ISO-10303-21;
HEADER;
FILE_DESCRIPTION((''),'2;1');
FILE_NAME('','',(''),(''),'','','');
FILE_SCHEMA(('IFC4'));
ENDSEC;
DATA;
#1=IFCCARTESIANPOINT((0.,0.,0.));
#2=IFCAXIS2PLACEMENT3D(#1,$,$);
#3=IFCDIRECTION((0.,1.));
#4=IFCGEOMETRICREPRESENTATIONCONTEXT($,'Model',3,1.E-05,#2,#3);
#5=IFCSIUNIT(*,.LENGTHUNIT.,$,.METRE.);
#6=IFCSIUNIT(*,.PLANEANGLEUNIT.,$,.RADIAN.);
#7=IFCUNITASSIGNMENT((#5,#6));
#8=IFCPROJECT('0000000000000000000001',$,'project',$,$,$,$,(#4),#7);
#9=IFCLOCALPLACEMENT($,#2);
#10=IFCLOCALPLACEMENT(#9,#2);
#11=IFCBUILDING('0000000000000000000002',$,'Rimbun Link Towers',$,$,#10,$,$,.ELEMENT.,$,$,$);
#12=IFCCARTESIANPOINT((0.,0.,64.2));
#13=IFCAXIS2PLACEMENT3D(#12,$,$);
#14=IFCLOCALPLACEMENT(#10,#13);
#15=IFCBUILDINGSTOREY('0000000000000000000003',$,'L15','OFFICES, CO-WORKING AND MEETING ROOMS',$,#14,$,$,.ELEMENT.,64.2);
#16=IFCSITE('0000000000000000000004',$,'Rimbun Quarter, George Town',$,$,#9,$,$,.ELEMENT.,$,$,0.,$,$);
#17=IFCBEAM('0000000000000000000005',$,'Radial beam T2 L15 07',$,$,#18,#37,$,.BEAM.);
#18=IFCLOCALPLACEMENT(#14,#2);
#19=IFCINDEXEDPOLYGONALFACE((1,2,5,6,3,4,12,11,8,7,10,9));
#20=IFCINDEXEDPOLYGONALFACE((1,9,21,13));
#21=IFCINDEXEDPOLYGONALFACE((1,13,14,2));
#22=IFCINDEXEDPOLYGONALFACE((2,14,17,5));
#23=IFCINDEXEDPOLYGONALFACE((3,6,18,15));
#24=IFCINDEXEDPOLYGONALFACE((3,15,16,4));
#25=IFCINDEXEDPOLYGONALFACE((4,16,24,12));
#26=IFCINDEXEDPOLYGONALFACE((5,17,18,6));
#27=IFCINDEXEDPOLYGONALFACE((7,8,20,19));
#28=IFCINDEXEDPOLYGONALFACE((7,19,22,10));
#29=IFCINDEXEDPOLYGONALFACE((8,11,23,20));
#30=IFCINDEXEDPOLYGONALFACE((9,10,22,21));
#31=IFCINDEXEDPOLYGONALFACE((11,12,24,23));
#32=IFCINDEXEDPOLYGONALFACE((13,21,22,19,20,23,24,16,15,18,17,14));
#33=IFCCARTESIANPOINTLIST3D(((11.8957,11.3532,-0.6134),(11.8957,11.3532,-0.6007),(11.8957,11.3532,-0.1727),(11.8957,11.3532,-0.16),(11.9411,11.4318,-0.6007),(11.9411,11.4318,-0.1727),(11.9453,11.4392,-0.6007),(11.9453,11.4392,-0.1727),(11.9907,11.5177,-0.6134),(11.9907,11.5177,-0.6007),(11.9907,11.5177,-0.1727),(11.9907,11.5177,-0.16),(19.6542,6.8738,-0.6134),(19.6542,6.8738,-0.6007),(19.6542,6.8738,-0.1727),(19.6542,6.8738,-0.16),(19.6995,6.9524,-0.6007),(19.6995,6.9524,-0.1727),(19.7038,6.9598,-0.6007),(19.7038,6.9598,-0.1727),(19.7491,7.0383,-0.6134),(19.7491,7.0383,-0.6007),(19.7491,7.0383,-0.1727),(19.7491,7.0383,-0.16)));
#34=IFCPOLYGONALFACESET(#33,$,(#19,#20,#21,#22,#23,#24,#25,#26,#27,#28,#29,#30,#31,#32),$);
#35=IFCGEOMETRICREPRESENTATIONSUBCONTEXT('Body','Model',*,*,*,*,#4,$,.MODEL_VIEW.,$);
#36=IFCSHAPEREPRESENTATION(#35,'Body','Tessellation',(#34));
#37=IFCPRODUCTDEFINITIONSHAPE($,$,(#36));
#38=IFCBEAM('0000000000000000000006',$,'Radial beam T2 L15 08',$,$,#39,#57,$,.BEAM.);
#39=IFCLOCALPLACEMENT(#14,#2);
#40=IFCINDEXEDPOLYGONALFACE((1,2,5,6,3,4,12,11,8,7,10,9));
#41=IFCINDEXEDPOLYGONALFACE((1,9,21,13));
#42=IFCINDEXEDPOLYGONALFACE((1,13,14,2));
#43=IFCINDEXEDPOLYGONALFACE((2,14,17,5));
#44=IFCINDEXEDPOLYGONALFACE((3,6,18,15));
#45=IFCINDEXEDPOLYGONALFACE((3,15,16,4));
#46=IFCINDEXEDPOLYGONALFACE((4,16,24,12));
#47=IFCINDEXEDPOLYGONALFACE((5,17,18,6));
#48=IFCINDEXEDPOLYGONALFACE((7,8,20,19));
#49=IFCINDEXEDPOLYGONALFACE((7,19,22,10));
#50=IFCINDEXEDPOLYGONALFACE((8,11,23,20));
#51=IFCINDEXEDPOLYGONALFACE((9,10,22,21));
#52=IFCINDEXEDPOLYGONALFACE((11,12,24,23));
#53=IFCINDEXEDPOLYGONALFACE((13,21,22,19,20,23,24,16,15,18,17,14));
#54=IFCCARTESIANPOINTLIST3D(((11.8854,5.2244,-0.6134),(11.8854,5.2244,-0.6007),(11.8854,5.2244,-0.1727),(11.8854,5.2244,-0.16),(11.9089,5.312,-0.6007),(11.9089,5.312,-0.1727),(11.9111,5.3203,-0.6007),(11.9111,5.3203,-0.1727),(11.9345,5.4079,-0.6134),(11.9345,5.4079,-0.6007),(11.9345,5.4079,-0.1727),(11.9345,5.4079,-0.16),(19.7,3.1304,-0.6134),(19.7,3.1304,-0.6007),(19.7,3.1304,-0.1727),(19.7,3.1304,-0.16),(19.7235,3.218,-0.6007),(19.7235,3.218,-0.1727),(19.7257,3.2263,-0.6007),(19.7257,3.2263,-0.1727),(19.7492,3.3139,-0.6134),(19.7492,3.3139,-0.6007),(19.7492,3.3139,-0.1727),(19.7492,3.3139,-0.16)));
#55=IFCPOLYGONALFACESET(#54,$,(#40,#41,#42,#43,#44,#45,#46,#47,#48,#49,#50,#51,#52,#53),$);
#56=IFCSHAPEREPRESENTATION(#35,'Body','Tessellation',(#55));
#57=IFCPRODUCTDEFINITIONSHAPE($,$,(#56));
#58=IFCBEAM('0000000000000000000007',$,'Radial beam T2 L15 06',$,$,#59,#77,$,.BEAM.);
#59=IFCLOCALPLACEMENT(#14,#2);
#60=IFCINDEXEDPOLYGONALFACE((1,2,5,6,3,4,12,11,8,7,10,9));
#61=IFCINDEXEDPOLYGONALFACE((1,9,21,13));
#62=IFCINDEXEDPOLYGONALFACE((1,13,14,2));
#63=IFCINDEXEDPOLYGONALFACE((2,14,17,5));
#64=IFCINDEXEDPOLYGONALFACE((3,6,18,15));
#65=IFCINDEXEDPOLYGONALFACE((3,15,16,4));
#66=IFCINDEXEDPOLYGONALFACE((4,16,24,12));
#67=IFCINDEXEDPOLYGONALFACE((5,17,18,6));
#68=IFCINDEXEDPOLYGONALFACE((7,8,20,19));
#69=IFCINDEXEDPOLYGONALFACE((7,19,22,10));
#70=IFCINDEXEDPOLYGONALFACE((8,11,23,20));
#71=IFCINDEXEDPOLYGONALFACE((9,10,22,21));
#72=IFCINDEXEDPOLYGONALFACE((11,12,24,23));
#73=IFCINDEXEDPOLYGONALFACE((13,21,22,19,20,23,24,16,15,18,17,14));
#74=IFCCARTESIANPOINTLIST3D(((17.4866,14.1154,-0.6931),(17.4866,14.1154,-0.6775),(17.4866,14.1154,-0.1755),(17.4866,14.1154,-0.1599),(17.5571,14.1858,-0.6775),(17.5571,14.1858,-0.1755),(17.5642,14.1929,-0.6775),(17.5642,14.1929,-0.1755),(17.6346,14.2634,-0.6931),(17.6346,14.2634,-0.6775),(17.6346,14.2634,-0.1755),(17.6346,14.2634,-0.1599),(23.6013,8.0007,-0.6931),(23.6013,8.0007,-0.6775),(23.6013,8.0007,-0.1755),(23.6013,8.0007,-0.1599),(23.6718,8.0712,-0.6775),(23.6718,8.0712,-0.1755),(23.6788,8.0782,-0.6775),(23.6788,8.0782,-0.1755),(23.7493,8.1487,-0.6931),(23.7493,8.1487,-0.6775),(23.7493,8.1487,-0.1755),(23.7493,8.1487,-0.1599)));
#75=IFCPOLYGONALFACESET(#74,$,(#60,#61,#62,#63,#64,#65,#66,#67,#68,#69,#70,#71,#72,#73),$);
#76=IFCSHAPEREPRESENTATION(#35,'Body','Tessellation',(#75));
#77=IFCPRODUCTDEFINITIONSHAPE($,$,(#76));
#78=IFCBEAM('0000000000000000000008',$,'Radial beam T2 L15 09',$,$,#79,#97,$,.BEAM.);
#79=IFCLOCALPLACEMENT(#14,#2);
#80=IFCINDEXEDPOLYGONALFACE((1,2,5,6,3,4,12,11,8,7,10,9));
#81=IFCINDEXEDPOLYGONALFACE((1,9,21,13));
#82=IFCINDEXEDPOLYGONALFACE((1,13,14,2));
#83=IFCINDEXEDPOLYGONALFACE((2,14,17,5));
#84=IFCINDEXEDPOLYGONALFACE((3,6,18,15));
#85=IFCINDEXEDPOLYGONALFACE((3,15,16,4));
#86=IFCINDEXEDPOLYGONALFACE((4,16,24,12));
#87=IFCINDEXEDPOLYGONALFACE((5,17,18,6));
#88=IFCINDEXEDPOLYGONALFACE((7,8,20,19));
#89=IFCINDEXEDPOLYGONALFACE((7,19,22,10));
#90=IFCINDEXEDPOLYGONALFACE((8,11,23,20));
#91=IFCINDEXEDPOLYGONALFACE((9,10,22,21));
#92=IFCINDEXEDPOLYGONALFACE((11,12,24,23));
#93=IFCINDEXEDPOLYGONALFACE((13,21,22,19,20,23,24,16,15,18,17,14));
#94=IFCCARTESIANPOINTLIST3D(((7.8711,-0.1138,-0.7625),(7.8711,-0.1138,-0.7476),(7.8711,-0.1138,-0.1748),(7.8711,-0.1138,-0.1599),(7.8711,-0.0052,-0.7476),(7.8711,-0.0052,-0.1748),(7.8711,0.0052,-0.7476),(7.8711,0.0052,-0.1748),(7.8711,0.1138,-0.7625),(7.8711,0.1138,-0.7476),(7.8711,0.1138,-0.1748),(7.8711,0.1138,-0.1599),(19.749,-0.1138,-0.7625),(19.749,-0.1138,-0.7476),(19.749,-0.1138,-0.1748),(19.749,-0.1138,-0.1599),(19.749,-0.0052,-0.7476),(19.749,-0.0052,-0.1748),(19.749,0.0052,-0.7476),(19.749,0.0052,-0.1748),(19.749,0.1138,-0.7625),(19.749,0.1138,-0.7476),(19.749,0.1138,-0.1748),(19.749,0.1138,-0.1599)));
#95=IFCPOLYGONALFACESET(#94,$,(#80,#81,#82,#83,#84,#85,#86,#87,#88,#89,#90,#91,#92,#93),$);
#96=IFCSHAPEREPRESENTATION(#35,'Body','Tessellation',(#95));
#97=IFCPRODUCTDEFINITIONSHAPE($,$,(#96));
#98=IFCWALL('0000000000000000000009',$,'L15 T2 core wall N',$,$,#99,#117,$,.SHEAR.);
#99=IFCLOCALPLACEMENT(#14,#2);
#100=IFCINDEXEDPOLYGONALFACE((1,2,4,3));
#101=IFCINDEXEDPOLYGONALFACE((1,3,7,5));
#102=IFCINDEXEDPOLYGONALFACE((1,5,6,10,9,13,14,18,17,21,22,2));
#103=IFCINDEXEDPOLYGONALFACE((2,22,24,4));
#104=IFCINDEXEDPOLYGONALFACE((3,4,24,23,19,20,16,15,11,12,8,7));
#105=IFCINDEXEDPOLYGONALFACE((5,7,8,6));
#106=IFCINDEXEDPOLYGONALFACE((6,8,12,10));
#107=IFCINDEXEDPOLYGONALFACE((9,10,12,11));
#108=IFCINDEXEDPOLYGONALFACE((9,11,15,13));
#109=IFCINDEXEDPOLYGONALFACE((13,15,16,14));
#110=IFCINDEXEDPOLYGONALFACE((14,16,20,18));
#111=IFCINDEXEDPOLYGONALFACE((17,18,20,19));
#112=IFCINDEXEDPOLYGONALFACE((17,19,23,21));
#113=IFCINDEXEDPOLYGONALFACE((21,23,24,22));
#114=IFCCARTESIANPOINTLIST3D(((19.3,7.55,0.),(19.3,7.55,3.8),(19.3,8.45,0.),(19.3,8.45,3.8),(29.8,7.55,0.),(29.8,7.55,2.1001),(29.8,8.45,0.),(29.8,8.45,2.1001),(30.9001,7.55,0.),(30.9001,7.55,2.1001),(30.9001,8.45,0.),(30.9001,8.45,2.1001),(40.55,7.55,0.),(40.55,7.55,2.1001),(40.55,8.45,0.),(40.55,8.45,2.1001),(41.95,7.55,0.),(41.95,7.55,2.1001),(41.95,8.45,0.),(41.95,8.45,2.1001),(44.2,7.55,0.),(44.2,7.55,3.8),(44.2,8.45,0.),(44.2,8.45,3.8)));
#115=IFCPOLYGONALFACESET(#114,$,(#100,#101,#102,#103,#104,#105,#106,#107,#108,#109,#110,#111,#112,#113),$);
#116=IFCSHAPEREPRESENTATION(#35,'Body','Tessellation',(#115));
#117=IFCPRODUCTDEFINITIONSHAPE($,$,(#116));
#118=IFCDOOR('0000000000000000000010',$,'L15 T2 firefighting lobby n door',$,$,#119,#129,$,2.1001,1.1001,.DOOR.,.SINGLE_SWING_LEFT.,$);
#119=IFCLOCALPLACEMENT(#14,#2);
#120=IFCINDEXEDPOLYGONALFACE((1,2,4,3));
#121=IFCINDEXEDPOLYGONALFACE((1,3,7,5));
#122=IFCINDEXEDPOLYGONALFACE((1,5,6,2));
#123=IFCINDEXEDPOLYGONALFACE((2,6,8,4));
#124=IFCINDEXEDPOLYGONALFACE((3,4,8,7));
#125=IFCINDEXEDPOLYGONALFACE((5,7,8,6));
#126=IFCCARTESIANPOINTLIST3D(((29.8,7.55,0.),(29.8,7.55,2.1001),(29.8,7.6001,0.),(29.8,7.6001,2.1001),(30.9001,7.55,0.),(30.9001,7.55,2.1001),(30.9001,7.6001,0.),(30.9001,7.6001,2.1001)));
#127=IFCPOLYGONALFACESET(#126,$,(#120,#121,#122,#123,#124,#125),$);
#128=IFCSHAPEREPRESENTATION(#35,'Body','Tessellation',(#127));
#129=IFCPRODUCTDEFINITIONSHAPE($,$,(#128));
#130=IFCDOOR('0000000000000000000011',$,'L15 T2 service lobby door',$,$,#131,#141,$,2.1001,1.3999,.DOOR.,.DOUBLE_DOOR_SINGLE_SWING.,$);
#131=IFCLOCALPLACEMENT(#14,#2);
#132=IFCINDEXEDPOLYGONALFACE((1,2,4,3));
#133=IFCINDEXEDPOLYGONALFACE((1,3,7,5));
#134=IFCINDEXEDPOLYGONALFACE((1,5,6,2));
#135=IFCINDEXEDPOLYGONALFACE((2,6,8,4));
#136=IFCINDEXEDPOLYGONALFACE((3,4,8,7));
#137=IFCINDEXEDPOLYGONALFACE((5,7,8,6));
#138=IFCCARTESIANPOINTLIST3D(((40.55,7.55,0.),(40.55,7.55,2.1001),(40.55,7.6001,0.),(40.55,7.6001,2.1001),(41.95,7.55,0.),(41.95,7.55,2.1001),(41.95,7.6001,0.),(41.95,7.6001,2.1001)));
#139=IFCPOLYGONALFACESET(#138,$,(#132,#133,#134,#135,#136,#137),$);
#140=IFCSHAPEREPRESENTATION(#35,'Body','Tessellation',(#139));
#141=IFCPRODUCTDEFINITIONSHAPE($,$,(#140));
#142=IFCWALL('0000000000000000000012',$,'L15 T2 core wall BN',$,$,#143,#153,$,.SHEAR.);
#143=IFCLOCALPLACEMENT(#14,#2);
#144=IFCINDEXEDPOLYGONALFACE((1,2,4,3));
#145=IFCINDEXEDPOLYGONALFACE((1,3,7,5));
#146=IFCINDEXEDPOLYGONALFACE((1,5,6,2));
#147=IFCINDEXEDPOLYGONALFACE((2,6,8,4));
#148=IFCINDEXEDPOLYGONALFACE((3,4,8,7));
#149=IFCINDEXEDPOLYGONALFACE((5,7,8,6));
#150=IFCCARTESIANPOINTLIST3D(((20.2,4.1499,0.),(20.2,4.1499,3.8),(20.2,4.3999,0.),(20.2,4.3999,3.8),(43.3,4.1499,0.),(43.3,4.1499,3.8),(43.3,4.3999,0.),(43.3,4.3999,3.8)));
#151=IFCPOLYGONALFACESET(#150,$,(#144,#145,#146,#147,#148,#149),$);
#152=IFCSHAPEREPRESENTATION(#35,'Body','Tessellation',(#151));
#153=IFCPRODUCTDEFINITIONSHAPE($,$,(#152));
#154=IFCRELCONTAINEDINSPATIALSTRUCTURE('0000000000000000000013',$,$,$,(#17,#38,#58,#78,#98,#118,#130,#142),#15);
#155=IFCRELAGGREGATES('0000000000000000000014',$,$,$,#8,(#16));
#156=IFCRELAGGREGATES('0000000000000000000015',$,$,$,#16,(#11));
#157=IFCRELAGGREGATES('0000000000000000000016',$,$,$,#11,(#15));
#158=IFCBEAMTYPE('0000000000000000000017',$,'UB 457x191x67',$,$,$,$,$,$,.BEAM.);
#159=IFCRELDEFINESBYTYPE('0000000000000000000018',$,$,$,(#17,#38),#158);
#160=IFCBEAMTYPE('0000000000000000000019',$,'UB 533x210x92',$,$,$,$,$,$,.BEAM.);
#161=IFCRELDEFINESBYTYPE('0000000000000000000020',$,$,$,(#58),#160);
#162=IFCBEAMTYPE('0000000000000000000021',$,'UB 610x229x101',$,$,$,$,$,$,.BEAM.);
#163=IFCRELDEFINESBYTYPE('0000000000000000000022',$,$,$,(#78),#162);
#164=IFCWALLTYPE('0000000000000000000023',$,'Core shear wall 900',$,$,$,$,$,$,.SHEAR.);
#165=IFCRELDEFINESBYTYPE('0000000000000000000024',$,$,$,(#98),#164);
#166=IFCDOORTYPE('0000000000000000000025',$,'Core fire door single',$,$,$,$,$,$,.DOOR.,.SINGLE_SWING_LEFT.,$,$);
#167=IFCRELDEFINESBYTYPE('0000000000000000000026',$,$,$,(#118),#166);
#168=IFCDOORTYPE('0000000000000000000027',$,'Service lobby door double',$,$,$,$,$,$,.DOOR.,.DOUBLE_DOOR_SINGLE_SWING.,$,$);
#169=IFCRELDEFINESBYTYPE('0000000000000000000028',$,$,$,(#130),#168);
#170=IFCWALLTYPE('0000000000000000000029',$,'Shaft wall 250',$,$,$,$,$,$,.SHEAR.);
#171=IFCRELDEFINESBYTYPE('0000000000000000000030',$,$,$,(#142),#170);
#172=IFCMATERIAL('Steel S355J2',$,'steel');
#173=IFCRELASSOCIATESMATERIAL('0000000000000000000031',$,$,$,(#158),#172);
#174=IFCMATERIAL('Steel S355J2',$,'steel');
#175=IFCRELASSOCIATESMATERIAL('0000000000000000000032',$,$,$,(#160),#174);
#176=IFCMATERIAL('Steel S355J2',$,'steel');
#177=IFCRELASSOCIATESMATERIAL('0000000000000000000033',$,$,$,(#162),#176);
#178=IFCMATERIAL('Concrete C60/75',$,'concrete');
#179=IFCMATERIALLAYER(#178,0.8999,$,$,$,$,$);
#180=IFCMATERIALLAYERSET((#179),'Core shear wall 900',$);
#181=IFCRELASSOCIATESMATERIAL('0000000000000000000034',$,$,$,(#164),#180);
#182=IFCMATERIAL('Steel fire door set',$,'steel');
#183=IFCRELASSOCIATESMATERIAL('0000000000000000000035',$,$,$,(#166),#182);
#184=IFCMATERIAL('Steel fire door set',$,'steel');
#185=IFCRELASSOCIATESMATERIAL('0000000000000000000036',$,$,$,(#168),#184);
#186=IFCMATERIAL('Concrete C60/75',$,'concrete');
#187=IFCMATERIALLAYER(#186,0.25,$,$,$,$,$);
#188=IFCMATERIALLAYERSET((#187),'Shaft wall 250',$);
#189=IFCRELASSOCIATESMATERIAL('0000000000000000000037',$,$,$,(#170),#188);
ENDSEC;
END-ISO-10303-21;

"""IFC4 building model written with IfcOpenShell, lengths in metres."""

from ifc_helpers import new_model, si_unit, direction, frame, frame_2d, origin, origin_2d, place, context, subcontext, project, spatial, rectangle, i_section, extrude, material, layer, layer_set, material_profile, profile_set, type_object, element, fill, save


model = new_model("IFC4")

# Units and contexts
model_context = context("Model", 3, precision=1e-05, world=origin(), true_north=direction((0.0, 1.0)))
body_context = subcontext(model_context, "Body", "Model", "MODEL_VIEW")
ifc_project = project(units=[si_unit("LENGTHUNIT", "METRE"), si_unit("PLANEANGLEUNIT", "RADIAN")], contexts=[model_context])

# Site, building, storey
site_placement = place(None, origin())
site = spatial("IfcSite", under=ifc_project, at=site_placement, Name="Rimbun Quarter, George Town", CompositionType="ELEMENT", RefElevation=0.0)
building_placement = place(site_placement, origin())
building = spatial("IfcBuilding", under=site, at=building_placement, Name="Rimbun Link Towers", CompositionType="ELEMENT")
storey_placement = place(building_placement, frame((0.0, 0.0, 64.2)))
storey = spatial("IfcBuildingStorey", under=building, at=storey_placement, Name="L15", Description="OFFICES, CO-WORKING AND MEETING ROOMS", CompositionType="ELEMENT", Elevation=64.2)

# Beams
ifc_material_1 = material(Name="Steel S355J2", Category="steel")
ifc_material_profile_1 = material_profile(ifc_material_1, i_section(OverallWidth=0.1899, OverallDepth=0.4534, WebThickness=0.0085, FlangeThickness=0.0127, at=origin_2d()), Name="UB 457x191x67")
ifc_profile_set_1 = profile_set([ifc_material_profile_1], Name="Steel S355J2")
beam_type_1 = type_object("IfcBeamType", Name="UB 457x191x67", PredefinedType="BEAM", material=ifc_profile_set_1)
beam_1_placement = place(storey_placement, frame((19.7017, 6.9561, -0.3867), z_axis=(-0.866021, 0.500008, 0.0), x_axis=(-0.500008, -0.866021, 0.0)))
element("IfcBeam", 1, at=beam_1_placement, inside=storey, type_object=beam_type_1, Name="Radial beam T2 L15 07", PredefinedType="BEAM", context=body_context, shape_type="SweptSolid", body=[
    extrude(i_section(OverallWidth=0.1899, OverallDepth=0.4534, WebThickness=0.0085, FlangeThickness=0.0127, at=origin_2d()), origin(), (0.0, 0.0, 1.0), 8.9587),
])
beam_2_placement = place(storey_placement, frame((19.7246, 3.2222, -0.3867), z_axis=(-0.965924, 0.258825, 0.0), x_axis=(-0.258825, -0.965924, 0.0)))
element("IfcBeam", 2, at=beam_2_placement, inside=storey, type_object=beam_type_1, Name="Radial beam T2 L15 08", PredefinedType="BEAM", context=body_context, shape_type="SweptSolid", body=[
    extrude(i_section(OverallWidth=0.1899, OverallDepth=0.4534, WebThickness=0.0085, FlangeThickness=0.0127, at=origin_2d()), origin(), (0.0, 0.0, 1.0), 8.0903),
])
ifc_material_2 = material(Name="Steel S355J2", Category="steel")
ifc_material_profile_2 = material_profile(ifc_material_2, i_section(OverallWidth=0.2092, OverallDepth=0.5332, WebThickness=0.01, FlangeThickness=0.0156, at=origin_2d()), Name="UB 533x210x92")
ifc_profile_set_2 = profile_set([ifc_material_profile_2], Name="Steel S355J2")
beam_type_2 = type_object("IfcBeamType", Name="UB 533x210x92", PredefinedType="BEAM", material=ifc_profile_set_2)
beam_3_placement = place(storey_placement, frame((23.6753, 8.0747, -0.4265), z_axis=(-0.707107, 0.707107, 0.0), x_axis=(-0.707107, -0.707107, 0.0)))
element("IfcBeam", 3, at=beam_3_placement, inside=storey, type_object=beam_type_2, Name="Radial beam T2 L15 06", PredefinedType="BEAM", context=body_context, shape_type="SweptSolid", body=[
    extrude(i_section(OverallWidth=0.2092, OverallDepth=0.5332, WebThickness=0.01, FlangeThickness=0.0156, at=origin_2d()), origin(), (0.0, 0.0, 1.0), 8.6475),
])
ifc_material_3 = material(Name="Steel S355J2", Category="steel")
ifc_material_profile_3 = material_profile(ifc_material_3, i_section(OverallWidth=0.2275, OverallDepth=0.6025, WebThickness=0.0105, FlangeThickness=0.0149, at=origin_2d()), Name="UB 610x229x101")
ifc_profile_set_3 = profile_set([ifc_material_profile_3], Name="Steel S355J2")
beam_type_3 = type_object("IfcBeamType", Name="UB 610x229x101", PredefinedType="BEAM", material=ifc_profile_set_3)
beam_4_placement = place(storey_placement, frame((19.749, 0.0, -0.4612), z_axis=(-1.0, 0.0, 0.0), x_axis=(0.0, -1.0, 0.0)))
element("IfcBeam", 4, at=beam_4_placement, inside=storey, type_object=beam_type_3, Name="Radial beam T2 L15 09", PredefinedType="BEAM", context=body_context, shape_type="SweptSolid", body=[
    extrude(i_section(OverallWidth=0.2275, OverallDepth=0.6025, WebThickness=0.0105, FlangeThickness=0.0149, at=origin_2d()), origin(), (0.0, 0.0, 1.0), 11.8779),
])

# Wall, openings, doors
ifc_material_4 = material(Name="Concrete C60/75", Category="concrete")
ifc_layer_1 = layer(ifc_material_4, 0.8999)
ifc_layer_set_1 = layer_set([ifc_layer_1], Name="Core shear wall 900")
wall_type_1 = type_object("IfcWallType", Name="Core shear wall 900", PredefinedType="SHEAR", material=ifc_layer_set_1)
wall_1_placement = place(storey_placement, frame((19.3, 8.0, 0.0), z_axis=(0.0, 0.0, 1.0), x_axis=(1.0, 0.0, 0.0)))
wall_1 = element("IfcWall", 5, at=wall_1_placement, inside=storey, type_object=wall_type_1, Name="L15 T2 core wall N", PredefinedType="SHEAR", context=body_context, shape_type="SweptSolid", body=[
    extrude(rectangle(XDim=24.8999, YDim=0.8999, at=frame_2d((12.45, 0.0))), origin(), (0.0, 0.0, 1.0), 3.8),
])
opening_1_placement = place(wall_1_placement, frame((10.5, 0.0, 0.0)))
opening_1 = element("IfcOpeningElement", 6, at=opening_1_placement, cuts=wall_1, PredefinedType="OPENING", context=body_context, shape_type="SweptSolid", body=[
    extrude(rectangle(XDim=1.1001, YDim=2.1001, at=frame_2d((0.55, 1.05))), frame((0.0, 0.46, 0.0), z_axis=(0.0, -1.0, 0.0), x_axis=(1.0, 0.0, 0.0)), (0.0, 0.0, 1.0), 0.9199),
])
opening_2_placement = place(wall_1_placement, frame((21.25, 0.0, 0.0)))
opening_2 = element("IfcOpeningElement", 7, at=opening_2_placement, cuts=wall_1, PredefinedType="OPENING", context=body_context, shape_type="SweptSolid", body=[
    extrude(rectangle(XDim=1.3999, YDim=2.1001, at=frame_2d((0.7, 1.05))), frame((0.0, 0.46, 0.0), z_axis=(0.0, -1.0, 0.0), x_axis=(1.0, 0.0, 0.0)), (0.0, 0.0, 1.0), 0.9199),
])
ifc_material_5 = material(Name="Steel fire door set", Category="steel")
door_type_1 = type_object("IfcDoorType", Name="Core fire door single", OperationType="SINGLE_SWING_LEFT", PredefinedType="DOOR", material=ifc_material_5)
door_1_placement = place(opening_1_placement, origin())
door_1 = element("IfcDoor", 8, at=door_1_placement, inside=storey, type_object=door_type_1, Name="L15 T2 firefighting lobby n door", OperationType="SINGLE_SWING_LEFT", OverallHeight=2.1001, OverallWidth=1.1001, PredefinedType="DOOR", context=body_context, shape_type="SweptSolid", body=[
    extrude(rectangle(XDim=1.1001, YDim=2.1001, at=frame_2d((0.55, 1.05))), frame((0.0, -0.3999, 0.0), z_axis=(0.0, -1.0, 0.0), x_axis=(1.0, 0.0, 0.0)), (0.0, 0.0, 1.0), 0.05),
])
fill(opening_1, door_1)
ifc_material_6 = material(Name="Steel fire door set", Category="steel")
door_type_2 = type_object("IfcDoorType", Name="Service lobby door double", OperationType="DOUBLE_DOOR_SINGLE_SWING", PredefinedType="DOOR", material=ifc_material_6)
door_2_placement = place(opening_2_placement, origin())
door_2 = element("IfcDoor", 9, at=door_2_placement, inside=storey, type_object=door_type_2, Name="L15 T2 service lobby door", OperationType="DOUBLE_DOOR_SINGLE_SWING", OverallHeight=2.1001, OverallWidth=1.3999, PredefinedType="DOOR", context=body_context, shape_type="SweptSolid", body=[
    extrude(rectangle(XDim=1.3999, YDim=2.1001, at=frame_2d((0.7, 1.05))), frame((0.0, -0.3999, 0.0), z_axis=(0.0, -1.0, 0.0), x_axis=(1.0, 0.0, 0.0)), (0.0, 0.0, 1.0), 0.05),
])
fill(opening_2, door_2)

# Wall
ifc_material_7 = material(Name="Concrete C60/75", Category="concrete")
ifc_layer_2 = layer(ifc_material_7, 0.25)
ifc_layer_set_2 = layer_set([ifc_layer_2], Name="Shaft wall 250")
wall_type_2 = type_object("IfcWallType", Name="Shaft wall 250", PredefinedType="SHEAR", material=ifc_layer_set_2)
wall_2_placement = place(storey_placement, frame((20.2, 4.2749, 0.0), z_axis=(0.0, 0.0, 1.0), x_axis=(1.0, 0.0, 0.0)))
element("IfcWall", 10, at=wall_2_placement, inside=storey, type_object=wall_type_2, Name="L15 T2 core wall BN", PredefinedType="SHEAR", context=body_context, shape_type="SweptSolid", body=[
    extrude(rectangle(XDim=23.1001, YDim=0.25, at=frame_2d((11.55, 0.0))), origin(), (0.0, 0.0, 1.0), 3.8),
])

save(model, "model.ifc")
